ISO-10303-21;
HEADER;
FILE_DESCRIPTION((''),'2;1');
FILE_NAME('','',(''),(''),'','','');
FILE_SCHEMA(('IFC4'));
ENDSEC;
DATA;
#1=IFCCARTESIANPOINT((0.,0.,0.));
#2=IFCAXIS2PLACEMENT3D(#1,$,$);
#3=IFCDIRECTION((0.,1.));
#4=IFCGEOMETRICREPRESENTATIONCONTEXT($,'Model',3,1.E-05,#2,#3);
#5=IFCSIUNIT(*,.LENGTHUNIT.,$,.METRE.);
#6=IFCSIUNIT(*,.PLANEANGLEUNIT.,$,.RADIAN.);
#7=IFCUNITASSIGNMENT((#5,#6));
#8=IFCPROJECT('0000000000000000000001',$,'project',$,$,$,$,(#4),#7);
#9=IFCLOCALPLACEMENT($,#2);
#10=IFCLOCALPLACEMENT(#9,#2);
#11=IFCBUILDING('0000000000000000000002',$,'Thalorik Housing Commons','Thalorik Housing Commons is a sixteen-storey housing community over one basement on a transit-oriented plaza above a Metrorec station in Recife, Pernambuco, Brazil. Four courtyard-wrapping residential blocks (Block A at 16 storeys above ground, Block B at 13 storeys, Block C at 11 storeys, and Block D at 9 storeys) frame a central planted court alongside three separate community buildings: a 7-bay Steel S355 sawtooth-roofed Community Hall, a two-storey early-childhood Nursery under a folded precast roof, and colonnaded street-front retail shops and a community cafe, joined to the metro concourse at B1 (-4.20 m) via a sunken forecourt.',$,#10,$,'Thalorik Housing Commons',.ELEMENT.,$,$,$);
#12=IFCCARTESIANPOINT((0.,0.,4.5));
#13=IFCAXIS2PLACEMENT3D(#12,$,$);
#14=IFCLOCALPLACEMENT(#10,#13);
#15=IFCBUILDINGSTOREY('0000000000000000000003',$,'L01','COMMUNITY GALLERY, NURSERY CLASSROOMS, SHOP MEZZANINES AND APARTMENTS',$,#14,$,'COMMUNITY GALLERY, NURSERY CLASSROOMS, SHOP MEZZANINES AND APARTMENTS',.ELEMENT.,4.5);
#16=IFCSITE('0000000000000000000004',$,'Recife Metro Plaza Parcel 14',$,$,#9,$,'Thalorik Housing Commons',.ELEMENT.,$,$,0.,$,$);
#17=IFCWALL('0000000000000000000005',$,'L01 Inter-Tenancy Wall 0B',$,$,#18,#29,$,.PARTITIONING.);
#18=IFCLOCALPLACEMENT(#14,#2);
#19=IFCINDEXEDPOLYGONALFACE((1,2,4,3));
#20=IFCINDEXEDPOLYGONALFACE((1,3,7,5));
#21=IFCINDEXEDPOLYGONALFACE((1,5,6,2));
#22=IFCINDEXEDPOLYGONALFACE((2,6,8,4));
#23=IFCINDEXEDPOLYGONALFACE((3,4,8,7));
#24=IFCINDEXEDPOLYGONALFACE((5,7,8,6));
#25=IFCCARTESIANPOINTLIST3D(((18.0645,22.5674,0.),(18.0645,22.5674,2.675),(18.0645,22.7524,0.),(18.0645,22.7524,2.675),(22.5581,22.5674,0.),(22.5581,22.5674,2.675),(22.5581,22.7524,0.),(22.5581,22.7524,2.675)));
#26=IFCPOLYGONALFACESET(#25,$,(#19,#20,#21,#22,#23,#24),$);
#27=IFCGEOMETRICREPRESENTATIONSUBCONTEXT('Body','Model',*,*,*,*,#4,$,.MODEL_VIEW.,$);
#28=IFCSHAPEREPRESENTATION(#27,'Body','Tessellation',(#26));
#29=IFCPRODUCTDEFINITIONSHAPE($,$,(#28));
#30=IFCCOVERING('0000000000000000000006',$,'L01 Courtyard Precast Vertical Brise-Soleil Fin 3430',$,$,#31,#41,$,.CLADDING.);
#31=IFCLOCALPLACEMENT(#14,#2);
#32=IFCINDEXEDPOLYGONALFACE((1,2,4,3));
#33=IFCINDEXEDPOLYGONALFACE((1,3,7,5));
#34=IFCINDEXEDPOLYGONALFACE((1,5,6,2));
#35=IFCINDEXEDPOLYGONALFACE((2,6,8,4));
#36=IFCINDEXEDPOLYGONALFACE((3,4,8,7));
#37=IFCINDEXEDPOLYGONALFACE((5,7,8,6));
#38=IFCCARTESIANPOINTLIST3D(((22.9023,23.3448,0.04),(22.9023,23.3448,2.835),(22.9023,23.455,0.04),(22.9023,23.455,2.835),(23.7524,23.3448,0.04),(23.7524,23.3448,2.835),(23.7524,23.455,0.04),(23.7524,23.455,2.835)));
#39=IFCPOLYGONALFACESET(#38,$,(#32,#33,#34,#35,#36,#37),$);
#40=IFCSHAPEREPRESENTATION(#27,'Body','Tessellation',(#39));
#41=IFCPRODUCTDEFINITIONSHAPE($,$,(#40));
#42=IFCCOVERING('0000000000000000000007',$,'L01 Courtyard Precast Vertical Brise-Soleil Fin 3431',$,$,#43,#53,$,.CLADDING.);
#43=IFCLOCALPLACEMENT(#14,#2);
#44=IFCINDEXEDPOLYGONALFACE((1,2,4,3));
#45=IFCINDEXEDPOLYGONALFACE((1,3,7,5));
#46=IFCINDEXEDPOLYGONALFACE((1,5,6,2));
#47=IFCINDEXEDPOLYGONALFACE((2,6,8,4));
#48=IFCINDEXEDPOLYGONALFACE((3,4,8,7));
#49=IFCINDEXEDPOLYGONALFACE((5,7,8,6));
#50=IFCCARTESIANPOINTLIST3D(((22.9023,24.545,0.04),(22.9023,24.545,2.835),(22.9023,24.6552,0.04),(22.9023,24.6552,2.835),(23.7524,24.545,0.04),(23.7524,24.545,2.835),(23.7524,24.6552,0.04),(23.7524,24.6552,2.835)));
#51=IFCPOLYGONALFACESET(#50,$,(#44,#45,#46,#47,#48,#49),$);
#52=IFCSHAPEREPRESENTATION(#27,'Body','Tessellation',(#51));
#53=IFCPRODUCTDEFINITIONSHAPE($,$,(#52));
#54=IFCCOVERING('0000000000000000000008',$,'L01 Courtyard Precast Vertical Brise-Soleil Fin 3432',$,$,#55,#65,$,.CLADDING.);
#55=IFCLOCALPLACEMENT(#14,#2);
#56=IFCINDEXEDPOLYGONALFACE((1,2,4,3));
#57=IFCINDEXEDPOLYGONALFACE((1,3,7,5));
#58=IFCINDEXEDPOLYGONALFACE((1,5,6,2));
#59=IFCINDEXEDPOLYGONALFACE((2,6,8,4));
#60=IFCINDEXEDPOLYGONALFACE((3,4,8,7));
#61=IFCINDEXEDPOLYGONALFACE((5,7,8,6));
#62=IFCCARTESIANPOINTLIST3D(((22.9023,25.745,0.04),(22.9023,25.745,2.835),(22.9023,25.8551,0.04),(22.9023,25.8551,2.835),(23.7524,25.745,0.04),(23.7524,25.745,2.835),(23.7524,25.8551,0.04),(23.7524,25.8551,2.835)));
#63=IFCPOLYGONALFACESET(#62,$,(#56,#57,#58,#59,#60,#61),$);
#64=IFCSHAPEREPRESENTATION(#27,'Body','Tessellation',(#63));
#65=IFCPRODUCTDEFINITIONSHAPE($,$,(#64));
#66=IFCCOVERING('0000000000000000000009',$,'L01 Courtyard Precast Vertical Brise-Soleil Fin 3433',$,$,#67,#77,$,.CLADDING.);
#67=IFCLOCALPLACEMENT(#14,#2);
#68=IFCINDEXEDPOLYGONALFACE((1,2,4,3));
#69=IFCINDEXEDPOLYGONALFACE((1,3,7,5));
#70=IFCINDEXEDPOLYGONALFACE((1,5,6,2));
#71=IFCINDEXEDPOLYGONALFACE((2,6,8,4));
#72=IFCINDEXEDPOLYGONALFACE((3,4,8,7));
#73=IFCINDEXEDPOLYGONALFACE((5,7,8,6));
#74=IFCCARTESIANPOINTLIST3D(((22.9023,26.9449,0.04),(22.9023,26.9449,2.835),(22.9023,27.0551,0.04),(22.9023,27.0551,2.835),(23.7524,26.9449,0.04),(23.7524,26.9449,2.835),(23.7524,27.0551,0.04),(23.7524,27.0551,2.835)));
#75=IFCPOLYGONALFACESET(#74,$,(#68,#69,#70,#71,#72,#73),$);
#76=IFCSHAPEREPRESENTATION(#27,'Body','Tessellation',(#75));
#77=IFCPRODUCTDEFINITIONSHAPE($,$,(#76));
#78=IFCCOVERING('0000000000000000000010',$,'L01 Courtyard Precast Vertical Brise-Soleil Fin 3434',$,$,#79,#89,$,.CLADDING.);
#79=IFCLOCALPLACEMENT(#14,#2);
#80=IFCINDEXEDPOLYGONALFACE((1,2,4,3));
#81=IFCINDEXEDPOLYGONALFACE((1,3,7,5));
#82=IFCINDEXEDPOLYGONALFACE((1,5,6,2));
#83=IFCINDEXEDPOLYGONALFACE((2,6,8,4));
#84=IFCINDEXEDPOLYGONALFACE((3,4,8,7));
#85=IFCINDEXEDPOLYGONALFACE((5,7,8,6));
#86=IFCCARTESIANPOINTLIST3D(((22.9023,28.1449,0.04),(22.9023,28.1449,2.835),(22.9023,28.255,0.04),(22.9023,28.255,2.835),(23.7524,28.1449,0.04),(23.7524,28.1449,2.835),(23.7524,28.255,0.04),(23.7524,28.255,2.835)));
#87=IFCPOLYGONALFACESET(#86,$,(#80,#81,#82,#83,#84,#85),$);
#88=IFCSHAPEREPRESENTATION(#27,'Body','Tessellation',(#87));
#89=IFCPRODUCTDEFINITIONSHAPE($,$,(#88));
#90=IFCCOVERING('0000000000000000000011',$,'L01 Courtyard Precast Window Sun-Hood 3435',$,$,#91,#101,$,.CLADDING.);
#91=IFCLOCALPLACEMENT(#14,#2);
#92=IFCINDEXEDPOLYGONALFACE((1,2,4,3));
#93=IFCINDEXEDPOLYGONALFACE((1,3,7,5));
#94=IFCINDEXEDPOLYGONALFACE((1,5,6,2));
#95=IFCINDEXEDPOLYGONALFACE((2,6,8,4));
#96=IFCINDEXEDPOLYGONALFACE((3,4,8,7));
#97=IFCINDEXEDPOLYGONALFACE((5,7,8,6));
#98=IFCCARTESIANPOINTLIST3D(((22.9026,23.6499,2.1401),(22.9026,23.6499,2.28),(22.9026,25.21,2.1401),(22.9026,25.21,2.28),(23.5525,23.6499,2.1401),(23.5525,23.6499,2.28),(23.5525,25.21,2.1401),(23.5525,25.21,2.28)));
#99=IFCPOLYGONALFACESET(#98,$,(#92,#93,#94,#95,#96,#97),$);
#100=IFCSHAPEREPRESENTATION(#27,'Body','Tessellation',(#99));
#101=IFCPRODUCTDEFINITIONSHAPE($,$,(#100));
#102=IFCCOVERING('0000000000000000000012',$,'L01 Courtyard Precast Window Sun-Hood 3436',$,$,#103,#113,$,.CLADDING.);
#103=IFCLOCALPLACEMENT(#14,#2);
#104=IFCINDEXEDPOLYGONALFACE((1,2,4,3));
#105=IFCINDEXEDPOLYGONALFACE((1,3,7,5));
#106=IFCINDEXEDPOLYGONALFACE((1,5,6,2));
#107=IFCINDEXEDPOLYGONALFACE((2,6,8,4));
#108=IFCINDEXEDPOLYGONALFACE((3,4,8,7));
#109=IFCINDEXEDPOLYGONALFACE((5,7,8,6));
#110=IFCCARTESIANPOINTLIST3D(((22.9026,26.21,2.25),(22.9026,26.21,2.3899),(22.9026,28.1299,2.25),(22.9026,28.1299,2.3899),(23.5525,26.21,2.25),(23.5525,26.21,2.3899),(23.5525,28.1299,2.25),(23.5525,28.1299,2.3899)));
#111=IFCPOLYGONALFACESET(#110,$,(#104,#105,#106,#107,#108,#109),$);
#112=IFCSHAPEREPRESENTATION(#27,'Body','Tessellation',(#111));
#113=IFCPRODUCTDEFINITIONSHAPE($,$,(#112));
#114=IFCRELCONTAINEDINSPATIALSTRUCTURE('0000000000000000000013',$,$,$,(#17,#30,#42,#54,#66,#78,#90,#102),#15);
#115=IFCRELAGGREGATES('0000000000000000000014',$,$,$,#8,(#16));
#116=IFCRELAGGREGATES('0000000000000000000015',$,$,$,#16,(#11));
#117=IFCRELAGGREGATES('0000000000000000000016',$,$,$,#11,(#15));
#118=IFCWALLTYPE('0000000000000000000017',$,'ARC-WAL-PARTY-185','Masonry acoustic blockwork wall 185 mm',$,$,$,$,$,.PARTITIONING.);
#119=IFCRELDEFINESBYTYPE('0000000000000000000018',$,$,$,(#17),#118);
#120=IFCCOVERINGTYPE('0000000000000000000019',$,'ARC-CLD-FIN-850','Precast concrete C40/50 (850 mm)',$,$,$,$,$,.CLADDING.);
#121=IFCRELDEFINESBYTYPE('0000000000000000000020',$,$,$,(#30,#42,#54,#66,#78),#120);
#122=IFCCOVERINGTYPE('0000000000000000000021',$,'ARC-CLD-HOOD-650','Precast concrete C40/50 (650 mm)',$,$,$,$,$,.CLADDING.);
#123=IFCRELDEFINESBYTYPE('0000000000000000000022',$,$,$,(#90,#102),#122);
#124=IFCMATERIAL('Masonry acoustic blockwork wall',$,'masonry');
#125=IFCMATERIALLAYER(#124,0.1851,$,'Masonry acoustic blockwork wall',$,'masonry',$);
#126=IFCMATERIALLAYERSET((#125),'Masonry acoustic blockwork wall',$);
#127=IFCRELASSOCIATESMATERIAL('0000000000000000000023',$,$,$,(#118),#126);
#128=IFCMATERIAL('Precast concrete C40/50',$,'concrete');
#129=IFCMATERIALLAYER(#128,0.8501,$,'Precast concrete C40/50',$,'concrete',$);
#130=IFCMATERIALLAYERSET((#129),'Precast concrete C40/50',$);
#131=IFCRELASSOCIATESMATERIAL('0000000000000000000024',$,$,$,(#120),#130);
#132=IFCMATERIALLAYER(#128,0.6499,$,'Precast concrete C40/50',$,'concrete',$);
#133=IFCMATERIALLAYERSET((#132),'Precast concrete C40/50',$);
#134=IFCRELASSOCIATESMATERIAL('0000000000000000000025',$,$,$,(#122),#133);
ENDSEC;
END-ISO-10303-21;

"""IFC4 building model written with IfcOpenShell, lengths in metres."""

from ifc_helpers import new_model, si_unit, direction, frame, frame_2d, origin, origin_2d, place, context, subcontext, project, spatial, rectangle, extrude, material, layer, layer_set, type_object, element, save


model = new_model("IFC4")

# Units and contexts
model_context = context("Model", 3, precision=1e-05, world=origin(), true_north=direction((0.0, 1.0)))
body_context = subcontext(model_context, "Body", "Model", "MODEL_VIEW")
ifc_project = project(units=[si_unit("LENGTHUNIT", "METRE"), si_unit("PLANEANGLEUNIT", "RADIAN")], contexts=[model_context])

# Site, building, storey
site_placement = place(None, origin())
site = spatial("IfcSite", under=ifc_project, at=site_placement, Name="Recife Metro Plaza Parcel 14", LongName="Thalorik Housing Commons", CompositionType="ELEMENT", RefElevation=0.0)
building_placement = place(site_placement, origin())
building = spatial("IfcBuilding", under=site, at=building_placement, Name="Thalorik Housing Commons", Description="Thalorik Housing Commons is a sixteen-storey housing community over one basement on a transit-oriented plaza above a Metrorec station in Recife, Pernambuco, Brazil. Four courtyard-wrapping residential blocks (Block A at 16 storeys above ground, Block B at 13 storeys, Block C at 11 storeys, and Block D at 9 storeys) frame a central planted court alongside three separate community buildings: a 7-bay Steel S355 sawtooth-roofed Community Hall, a two-storey early-childhood Nursery under a folded precast roof, and colonnaded street-front retail shops and a community cafe, joined to the metro concourse at B1 (-4.20 m) via a sunken forecourt.", LongName="Thalorik Housing Commons", CompositionType="ELEMENT")
storey_placement = place(building_placement, frame((0.0, 0.0, 4.5)))
storey = spatial("IfcBuildingStorey", under=building, at=storey_placement, Name="L01", Description="COMMUNITY GALLERY, NURSERY CLASSROOMS, SHOP MEZZANINES AND APARTMENTS", LongName="COMMUNITY GALLERY, NURSERY CLASSROOMS, SHOP MEZZANINES AND APARTMENTS", CompositionType="ELEMENT", Elevation=4.5)

# Shared definitions
ifc_material_1 = material(Name="Precast concrete C40/50", Category="concrete")

# Wall
ifc_material_2 = material(Name="Masonry acoustic blockwork wall", Category="masonry")
ifc_layer_1 = layer(ifc_material_2, 0.1851, Name="Masonry acoustic blockwork wall", Category="masonry")
ifc_layer_set_1 = layer_set([ifc_layer_1], Name="Masonry acoustic blockwork wall")
wall_type_1 = type_object("IfcWallType", Name="ARC-WAL-PARTY-185", Description="Masonry acoustic blockwork wall 185 mm", PredefinedType="PARTITIONING", material=ifc_layer_set_1)
wall_1_placement = place(storey_placement, frame((18.0645, 22.6599, 0.0), z_axis=(0.0, 0.0, 1.0), x_axis=(1.0, 0.0, 0.0)))
element("IfcWall", 1, at=wall_1_placement, inside=storey, type_object=wall_type_1, Name="L01 Inter-Tenancy Wall 0B", PredefinedType="PARTITIONING", context=body_context, shape_type="SweptSolid", body=[
    extrude(rectangle(XDim=4.4937, YDim=0.1851, at=frame_2d((2.2468, 0.0))), origin(), (0.0, 0.0, 1.0), 2.675),
])

# Coverings
ifc_layer_2 = layer(ifc_material_1, 0.8501, Name="Precast concrete C40/50", Category="concrete")
ifc_layer_set_2 = layer_set([ifc_layer_2], Name="Precast concrete C40/50")
covering_type_1 = type_object("IfcCoveringType", Name="ARC-CLD-FIN-850", Description="Precast concrete C40/50 (850 mm)", PredefinedType="CLADDING", material=ifc_layer_set_2)
for number, where, z_axis, x_axis, name in (
    (2, (23.3274, 23.3999, 0.04), (0.0, 0.0, 1.0), (0.0, 1.0, 0.0), "L01 Courtyard Precast Vertical Brise-Soleil Fin 3430"),
    (3, (23.3274, 24.6001, 0.04), (0.0, 0.0, 1.0), (0.0, 1.0, 0.0), "L01 Courtyard Precast Vertical Brise-Soleil Fin 3431"),
    (4, (23.3274, 25.8, 0.04), (0.0, 0.0, 1.0), (0.0, 1.0, 0.0), "L01 Courtyard Precast Vertical Brise-Soleil Fin 3432"),
    (5, (23.3274, 27.0, 0.04), (0.0, 0.0, 1.0), (0.0, 1.0, 0.0), "L01 Courtyard Precast Vertical Brise-Soleil Fin 3433"),
    (6, (23.3274, 28.2, 0.04), (0.0, 0.0, 1.0), (0.0, 1.0, 0.0), "L01 Courtyard Precast Vertical Brise-Soleil Fin 3434"),
):
    element("IfcCovering", number, at=place(storey_placement, frame(where, z_axis=z_axis, x_axis=x_axis)), inside=storey, type_object=covering_type_1, Name=name, PredefinedType="CLADDING", context=body_context, shape_type="SweptSolid", body=[
        extrude(rectangle(XDim=0.1101, YDim=0.8501, at=origin_2d()), origin(), (0.0, 0.0, 1.0), 2.7949),
    ])
ifc_layer_3 = layer(ifc_material_1, 0.6499, Name="Precast concrete C40/50", Category="concrete")
ifc_layer_set_3 = layer_set([ifc_layer_3], Name="Precast concrete C40/50")
covering_type_2 = type_object("IfcCoveringType", Name="ARC-CLD-HOOD-650", Description="Precast concrete C40/50 (650 mm)", PredefinedType="CLADDING", material=ifc_layer_set_3)
covering_1_placement = place(storey_placement, frame((23.2275, 24.4299, 2.1401), z_axis=(0.0, 0.0, 1.0), x_axis=(0.0, 1.0, 0.0)))
element("IfcCovering", 7, at=covering_1_placement, inside=storey, type_object=covering_type_2, Name="L01 Courtyard Precast Window Sun-Hood 3435", PredefinedType="CLADDING", context=body_context, shape_type="SweptSolid", body=[
    extrude(rectangle(XDim=1.5601, YDim=0.6499, at=origin_2d()), origin(), (0.0, 0.0, 1.0), 0.1399),
])
covering_2_placement = place(storey_placement, frame((23.2275, 27.1699, 2.25), z_axis=(0.0, 0.0, 1.0), x_axis=(0.0, 1.0, 0.0)))
element("IfcCovering", 8, at=covering_2_placement, inside=storey, type_object=covering_type_2, Name="L01 Courtyard Precast Window Sun-Hood 3436", PredefinedType="CLADDING", context=body_context, shape_type="SweptSolid", body=[
    extrude(rectangle(XDim=1.9199, YDim=0.6499, at=origin_2d()), origin(), (0.0, 0.0, 1.0), 0.1399),
])

save(model, "model.ifc")
